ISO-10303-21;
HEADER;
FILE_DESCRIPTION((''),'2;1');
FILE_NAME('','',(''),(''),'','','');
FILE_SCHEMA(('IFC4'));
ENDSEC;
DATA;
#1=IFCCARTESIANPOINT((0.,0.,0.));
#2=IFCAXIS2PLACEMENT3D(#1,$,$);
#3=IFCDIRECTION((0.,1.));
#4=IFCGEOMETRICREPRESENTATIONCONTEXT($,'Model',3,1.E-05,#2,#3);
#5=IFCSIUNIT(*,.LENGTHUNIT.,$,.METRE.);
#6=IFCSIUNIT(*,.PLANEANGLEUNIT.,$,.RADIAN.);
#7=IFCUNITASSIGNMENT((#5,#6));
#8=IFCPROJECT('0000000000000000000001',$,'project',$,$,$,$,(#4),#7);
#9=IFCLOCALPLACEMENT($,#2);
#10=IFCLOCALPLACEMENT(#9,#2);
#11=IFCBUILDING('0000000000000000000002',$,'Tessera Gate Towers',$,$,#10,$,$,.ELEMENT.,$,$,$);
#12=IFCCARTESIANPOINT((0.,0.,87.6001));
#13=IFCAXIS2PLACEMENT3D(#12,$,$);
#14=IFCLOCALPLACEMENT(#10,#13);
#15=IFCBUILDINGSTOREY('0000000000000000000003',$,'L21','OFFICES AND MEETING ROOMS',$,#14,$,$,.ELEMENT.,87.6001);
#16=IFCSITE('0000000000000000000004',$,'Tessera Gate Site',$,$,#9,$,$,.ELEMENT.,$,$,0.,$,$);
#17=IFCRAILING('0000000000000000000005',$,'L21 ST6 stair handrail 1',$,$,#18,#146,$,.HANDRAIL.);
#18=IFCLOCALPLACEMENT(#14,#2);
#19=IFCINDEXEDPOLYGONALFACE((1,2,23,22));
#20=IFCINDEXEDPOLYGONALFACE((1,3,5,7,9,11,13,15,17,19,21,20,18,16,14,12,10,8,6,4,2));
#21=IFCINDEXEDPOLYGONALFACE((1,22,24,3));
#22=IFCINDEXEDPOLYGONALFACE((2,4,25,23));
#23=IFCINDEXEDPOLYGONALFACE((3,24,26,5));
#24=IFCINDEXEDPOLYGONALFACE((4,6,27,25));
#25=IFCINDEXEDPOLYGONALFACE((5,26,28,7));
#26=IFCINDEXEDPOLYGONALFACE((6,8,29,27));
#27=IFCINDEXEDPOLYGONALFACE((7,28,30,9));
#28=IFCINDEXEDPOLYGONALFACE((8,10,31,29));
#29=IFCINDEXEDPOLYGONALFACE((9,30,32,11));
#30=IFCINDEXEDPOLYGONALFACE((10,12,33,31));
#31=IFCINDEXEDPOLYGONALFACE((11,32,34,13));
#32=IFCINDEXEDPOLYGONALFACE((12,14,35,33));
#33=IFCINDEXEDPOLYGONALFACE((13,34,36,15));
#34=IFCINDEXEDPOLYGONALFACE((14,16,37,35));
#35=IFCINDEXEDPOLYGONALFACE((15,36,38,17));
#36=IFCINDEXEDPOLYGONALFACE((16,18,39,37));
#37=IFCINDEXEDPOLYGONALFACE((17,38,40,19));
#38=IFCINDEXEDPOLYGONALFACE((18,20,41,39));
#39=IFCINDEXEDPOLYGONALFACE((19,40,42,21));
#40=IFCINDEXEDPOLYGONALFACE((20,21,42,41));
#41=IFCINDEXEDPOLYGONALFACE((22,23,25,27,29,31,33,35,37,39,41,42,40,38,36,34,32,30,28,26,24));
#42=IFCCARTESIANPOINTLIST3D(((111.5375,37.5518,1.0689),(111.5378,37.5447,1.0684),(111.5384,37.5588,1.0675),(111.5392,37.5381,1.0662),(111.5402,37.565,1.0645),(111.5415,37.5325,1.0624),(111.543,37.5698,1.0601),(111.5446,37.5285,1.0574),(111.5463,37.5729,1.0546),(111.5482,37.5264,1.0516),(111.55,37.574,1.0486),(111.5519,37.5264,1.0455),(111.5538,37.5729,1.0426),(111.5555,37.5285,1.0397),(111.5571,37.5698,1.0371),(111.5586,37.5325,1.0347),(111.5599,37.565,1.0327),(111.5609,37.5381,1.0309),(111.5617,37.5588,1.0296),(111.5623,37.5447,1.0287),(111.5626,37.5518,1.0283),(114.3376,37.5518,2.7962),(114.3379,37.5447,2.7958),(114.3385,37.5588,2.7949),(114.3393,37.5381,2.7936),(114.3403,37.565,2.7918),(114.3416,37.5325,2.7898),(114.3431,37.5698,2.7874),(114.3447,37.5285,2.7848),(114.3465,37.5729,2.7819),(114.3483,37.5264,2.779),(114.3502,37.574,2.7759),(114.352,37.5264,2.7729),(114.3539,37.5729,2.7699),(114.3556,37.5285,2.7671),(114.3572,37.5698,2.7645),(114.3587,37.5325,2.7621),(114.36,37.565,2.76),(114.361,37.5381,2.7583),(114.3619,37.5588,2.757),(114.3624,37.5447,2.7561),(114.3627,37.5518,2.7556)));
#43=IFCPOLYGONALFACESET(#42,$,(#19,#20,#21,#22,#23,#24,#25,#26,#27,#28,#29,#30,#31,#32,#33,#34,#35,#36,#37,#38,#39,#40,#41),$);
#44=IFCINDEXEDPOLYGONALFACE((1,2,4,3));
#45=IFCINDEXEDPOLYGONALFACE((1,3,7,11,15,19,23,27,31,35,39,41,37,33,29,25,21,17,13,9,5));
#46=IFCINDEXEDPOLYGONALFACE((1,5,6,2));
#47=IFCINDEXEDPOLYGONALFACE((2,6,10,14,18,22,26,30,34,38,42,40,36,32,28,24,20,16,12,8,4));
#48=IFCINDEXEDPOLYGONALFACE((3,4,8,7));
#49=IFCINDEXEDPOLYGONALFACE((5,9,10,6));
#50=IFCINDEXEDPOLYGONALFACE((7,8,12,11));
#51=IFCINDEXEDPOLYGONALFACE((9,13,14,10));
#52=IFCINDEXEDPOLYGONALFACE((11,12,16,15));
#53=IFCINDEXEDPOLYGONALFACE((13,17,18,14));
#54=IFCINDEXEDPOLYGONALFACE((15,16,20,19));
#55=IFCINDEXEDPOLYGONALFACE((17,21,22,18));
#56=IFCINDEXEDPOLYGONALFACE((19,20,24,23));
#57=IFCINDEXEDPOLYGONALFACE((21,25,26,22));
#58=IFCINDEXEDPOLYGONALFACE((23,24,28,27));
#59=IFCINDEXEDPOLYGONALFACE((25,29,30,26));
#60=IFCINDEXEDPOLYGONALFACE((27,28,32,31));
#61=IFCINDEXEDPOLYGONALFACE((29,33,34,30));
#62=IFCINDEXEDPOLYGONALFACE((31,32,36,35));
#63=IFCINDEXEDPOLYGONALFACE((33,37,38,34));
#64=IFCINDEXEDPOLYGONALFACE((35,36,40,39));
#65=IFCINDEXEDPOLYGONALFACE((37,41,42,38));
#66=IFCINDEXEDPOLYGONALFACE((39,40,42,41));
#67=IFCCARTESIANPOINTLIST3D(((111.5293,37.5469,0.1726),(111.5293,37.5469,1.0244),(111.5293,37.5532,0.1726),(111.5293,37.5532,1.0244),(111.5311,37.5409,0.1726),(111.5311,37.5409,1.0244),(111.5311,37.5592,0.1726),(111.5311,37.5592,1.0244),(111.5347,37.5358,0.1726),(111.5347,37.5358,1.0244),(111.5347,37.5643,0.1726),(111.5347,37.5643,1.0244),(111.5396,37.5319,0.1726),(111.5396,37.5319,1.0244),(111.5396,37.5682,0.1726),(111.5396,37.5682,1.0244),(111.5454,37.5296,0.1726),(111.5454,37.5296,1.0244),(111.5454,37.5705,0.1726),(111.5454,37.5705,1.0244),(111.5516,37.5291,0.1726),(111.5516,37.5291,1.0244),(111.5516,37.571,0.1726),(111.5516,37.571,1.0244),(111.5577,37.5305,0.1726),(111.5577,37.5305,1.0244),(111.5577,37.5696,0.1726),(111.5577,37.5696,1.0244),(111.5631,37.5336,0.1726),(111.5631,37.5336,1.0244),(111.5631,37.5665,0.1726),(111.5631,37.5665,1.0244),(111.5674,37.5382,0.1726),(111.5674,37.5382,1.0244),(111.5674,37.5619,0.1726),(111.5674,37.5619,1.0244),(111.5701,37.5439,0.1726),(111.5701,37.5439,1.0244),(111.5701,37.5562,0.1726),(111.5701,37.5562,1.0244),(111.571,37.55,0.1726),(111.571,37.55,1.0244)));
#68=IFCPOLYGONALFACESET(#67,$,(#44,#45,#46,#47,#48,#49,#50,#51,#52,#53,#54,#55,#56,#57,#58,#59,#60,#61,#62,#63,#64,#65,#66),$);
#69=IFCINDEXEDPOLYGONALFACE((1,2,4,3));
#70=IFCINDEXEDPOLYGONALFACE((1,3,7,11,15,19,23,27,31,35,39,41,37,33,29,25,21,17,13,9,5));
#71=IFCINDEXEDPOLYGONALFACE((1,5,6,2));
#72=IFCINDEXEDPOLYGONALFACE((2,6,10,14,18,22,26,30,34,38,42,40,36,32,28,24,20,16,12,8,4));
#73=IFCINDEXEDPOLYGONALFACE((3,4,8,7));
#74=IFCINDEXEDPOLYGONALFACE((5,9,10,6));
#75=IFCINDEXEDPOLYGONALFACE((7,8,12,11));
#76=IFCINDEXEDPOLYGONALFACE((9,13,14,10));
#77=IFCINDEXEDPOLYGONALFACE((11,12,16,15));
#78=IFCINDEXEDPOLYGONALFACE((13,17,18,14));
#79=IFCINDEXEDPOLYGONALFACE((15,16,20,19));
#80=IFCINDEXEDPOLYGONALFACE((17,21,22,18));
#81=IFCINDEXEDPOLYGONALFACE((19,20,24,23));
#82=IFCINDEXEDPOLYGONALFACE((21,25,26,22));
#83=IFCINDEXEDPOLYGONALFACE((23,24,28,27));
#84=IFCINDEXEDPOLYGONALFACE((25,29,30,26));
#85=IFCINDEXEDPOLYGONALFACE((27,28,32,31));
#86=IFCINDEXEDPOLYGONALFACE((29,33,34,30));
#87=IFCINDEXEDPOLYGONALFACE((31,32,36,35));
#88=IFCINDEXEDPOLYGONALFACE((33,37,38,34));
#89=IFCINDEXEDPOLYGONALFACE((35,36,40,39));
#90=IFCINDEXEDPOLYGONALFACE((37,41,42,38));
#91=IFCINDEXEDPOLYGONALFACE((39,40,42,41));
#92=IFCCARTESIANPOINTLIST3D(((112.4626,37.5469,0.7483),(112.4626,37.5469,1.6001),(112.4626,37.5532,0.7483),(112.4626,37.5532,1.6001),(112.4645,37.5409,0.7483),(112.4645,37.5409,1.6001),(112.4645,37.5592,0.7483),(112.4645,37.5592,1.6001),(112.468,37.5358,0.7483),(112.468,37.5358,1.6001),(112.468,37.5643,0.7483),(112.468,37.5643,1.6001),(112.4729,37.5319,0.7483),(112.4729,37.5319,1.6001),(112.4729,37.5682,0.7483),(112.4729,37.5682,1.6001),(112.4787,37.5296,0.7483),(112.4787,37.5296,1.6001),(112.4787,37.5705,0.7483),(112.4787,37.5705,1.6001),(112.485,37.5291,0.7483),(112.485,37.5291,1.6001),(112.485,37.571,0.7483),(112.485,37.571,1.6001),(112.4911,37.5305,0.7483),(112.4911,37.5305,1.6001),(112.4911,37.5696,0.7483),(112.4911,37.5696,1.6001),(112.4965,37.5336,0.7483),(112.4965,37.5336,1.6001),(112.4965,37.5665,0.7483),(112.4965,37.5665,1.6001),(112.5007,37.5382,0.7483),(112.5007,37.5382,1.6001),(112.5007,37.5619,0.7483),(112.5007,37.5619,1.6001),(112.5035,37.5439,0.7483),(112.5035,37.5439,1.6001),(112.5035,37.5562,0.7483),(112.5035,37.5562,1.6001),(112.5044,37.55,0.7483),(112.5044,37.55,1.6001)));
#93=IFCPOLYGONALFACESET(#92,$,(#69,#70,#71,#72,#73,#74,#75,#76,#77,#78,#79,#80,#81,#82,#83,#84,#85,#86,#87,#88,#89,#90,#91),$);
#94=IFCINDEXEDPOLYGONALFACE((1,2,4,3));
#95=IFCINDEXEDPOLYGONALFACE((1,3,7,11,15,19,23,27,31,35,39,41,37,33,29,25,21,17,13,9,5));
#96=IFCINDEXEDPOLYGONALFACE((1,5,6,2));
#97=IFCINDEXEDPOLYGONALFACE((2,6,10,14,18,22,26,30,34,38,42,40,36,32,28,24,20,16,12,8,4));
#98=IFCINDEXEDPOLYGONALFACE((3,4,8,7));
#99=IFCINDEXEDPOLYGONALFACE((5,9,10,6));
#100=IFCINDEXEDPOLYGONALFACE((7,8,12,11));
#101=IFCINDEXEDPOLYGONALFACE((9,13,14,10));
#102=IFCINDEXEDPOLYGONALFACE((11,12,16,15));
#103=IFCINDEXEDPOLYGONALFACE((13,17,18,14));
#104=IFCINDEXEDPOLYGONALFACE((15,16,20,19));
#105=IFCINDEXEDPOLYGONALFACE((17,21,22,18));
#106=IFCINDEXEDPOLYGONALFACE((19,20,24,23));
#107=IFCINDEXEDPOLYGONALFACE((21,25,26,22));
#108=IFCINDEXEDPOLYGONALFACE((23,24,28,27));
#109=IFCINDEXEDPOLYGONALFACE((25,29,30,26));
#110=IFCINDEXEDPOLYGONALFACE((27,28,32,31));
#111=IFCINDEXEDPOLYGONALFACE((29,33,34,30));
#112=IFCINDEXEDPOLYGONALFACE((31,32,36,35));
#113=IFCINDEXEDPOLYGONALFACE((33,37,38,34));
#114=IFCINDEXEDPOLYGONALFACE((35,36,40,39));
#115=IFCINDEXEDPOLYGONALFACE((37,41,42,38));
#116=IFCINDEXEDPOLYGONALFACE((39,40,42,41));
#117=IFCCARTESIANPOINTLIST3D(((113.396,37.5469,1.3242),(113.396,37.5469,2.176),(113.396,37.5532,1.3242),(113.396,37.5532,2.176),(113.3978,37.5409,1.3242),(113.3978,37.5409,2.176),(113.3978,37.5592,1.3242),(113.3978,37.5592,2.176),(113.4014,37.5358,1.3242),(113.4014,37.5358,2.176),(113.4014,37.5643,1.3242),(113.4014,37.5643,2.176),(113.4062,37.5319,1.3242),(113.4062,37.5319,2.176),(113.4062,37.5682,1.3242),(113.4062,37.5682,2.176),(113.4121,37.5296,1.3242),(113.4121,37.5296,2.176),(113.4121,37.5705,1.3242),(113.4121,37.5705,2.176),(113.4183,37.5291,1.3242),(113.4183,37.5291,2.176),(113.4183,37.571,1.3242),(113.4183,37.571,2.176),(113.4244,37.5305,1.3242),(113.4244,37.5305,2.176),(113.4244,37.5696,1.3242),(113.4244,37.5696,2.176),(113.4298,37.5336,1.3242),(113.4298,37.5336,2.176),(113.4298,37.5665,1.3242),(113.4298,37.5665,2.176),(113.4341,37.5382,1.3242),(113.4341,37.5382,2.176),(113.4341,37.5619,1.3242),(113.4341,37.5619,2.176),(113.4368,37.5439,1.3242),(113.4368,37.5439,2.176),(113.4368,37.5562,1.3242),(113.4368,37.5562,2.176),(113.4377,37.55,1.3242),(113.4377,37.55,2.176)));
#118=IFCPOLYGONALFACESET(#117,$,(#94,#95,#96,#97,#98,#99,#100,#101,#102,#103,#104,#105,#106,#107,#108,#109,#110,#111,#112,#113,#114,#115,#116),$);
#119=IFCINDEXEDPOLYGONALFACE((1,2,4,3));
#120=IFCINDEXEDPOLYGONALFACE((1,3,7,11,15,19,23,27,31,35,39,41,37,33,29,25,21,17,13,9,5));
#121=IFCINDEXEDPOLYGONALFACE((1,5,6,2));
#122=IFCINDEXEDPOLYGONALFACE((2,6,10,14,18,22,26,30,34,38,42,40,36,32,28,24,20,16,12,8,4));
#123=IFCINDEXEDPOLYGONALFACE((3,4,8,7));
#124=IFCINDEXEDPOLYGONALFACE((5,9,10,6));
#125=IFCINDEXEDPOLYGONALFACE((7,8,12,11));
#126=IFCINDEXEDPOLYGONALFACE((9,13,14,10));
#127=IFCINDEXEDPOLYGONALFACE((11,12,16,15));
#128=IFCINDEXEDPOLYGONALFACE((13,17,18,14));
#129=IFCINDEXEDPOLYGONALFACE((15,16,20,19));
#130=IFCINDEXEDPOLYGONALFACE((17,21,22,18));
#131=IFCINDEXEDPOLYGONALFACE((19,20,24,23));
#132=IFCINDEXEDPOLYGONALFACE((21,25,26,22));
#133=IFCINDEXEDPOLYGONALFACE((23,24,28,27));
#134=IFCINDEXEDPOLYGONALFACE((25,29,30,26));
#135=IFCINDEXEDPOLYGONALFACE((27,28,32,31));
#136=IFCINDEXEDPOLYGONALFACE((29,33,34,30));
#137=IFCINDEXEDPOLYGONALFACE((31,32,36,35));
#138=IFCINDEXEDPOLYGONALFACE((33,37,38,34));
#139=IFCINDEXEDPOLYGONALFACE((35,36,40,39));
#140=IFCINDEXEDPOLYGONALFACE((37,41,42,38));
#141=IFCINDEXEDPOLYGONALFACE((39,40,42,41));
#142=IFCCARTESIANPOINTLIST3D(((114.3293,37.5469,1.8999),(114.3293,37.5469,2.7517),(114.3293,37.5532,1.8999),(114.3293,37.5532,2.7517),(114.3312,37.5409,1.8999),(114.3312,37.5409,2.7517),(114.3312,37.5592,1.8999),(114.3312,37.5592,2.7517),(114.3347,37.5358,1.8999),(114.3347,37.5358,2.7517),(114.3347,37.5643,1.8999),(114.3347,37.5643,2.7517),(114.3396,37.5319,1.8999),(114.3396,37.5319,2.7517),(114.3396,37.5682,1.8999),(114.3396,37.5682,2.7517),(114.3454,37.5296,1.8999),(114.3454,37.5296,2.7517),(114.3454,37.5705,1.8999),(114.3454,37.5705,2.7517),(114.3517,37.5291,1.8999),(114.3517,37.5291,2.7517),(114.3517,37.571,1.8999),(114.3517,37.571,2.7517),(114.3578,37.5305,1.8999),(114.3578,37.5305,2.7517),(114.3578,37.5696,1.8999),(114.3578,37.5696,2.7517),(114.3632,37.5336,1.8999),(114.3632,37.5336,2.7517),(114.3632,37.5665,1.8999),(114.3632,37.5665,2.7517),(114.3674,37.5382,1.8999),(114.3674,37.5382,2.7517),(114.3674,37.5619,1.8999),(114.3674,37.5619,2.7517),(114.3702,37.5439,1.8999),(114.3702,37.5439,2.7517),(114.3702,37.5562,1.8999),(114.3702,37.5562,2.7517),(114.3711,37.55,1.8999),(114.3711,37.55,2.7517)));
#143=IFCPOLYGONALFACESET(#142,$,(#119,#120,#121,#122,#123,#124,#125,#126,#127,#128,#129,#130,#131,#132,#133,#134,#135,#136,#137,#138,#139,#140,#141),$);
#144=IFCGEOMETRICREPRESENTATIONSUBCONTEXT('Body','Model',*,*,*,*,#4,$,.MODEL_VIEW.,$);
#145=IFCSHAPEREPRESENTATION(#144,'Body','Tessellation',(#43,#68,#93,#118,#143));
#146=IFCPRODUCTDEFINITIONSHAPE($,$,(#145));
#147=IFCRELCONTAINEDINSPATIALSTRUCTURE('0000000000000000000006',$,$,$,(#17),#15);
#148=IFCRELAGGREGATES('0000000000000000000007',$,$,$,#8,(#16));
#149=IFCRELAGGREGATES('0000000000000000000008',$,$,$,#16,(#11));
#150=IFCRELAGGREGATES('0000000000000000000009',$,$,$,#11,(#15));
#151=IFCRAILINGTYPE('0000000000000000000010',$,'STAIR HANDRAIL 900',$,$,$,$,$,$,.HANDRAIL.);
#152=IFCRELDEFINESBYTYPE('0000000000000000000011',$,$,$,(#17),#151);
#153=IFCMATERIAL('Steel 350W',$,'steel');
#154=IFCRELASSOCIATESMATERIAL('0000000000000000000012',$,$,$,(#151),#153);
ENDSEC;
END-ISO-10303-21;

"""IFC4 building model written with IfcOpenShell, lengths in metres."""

from ifc_helpers import new_model, si_unit, direction, frame, origin, origin_2d, place, context, subcontext, project, spatial, circle, extrude, material, type_object, element, save


model = new_model("IFC4")

# Units and contexts
model_context = context("Model", 3, precision=1e-05, world=origin(), true_north=direction((0.0, 1.0)))
body_context = subcontext(model_context, "Body", "Model", "MODEL_VIEW")
ifc_project = project(units=[si_unit("LENGTHUNIT", "METRE"), si_unit("PLANEANGLEUNIT", "RADIAN")], contexts=[model_context])

# Site, building, storey
site_placement = place(None, origin())
site = spatial("IfcSite", under=ifc_project, at=site_placement, Name="Tessera Gate Site", CompositionType="ELEMENT", RefElevation=0.0)
building_placement = place(site_placement, origin())
building = spatial("IfcBuilding", under=site, at=building_placement, Name="Tessera Gate Towers", CompositionType="ELEMENT")
storey_placement = place(building_placement, frame((0.0, 0.0, 87.6001)))
storey = spatial("IfcBuildingStorey", under=building, at=storey_placement, Name="L21", Description="OFFICES AND MEETING ROOMS", CompositionType="ELEMENT", Elevation=87.6001)

# Railing
ifc_material_1 = material(Name="Steel 350W", Category="steel")
railing_type_1 = type_object("IfcRailingType", Name="STAIR HANDRAIL 900", PredefinedType="HANDRAIL", material=ifc_material_1)
railing_1_placement = place(storey_placement, frame((111.55, 37.55, 0.1726)))
element("IfcRailing", 1, at=railing_1_placement, inside=storey, type_object=railing_type_1, Name="L21 ST6 stair handrail 1", PredefinedType="HANDRAIL", context=body_context, shape_type="SweptSolid", body=[
    extrude(circle(Radius=0.0239, at=origin_2d()), frame((0.0, 0.0, 0.876), z_axis=(0.85109, 0.0, 0.52502), x_axis=(0.0, 1.0, 0.0)), (0.0, 0.0, 1.0), 3.29),
    extrude(circle(Radius=0.021, at=origin_2d()), origin(), (0.0, 0.0, 1.0), 0.8518),
    extrude(circle(Radius=0.021, at=origin_2d()), frame((0.9333, 0.0, 0.5757)), (0.0, 0.0, 1.0), 0.8518),
    extrude(circle(Radius=0.021, at=origin_2d()), frame((1.8667, 0.0, 1.1516)), (0.0, 0.0, 1.0), 0.8518),
    extrude(circle(Radius=0.021, at=origin_2d()), frame((2.8, 0.0, 1.7273)), (0.0, 0.0, 1.0), 0.8518),
])

save(model, "model.ifc")
